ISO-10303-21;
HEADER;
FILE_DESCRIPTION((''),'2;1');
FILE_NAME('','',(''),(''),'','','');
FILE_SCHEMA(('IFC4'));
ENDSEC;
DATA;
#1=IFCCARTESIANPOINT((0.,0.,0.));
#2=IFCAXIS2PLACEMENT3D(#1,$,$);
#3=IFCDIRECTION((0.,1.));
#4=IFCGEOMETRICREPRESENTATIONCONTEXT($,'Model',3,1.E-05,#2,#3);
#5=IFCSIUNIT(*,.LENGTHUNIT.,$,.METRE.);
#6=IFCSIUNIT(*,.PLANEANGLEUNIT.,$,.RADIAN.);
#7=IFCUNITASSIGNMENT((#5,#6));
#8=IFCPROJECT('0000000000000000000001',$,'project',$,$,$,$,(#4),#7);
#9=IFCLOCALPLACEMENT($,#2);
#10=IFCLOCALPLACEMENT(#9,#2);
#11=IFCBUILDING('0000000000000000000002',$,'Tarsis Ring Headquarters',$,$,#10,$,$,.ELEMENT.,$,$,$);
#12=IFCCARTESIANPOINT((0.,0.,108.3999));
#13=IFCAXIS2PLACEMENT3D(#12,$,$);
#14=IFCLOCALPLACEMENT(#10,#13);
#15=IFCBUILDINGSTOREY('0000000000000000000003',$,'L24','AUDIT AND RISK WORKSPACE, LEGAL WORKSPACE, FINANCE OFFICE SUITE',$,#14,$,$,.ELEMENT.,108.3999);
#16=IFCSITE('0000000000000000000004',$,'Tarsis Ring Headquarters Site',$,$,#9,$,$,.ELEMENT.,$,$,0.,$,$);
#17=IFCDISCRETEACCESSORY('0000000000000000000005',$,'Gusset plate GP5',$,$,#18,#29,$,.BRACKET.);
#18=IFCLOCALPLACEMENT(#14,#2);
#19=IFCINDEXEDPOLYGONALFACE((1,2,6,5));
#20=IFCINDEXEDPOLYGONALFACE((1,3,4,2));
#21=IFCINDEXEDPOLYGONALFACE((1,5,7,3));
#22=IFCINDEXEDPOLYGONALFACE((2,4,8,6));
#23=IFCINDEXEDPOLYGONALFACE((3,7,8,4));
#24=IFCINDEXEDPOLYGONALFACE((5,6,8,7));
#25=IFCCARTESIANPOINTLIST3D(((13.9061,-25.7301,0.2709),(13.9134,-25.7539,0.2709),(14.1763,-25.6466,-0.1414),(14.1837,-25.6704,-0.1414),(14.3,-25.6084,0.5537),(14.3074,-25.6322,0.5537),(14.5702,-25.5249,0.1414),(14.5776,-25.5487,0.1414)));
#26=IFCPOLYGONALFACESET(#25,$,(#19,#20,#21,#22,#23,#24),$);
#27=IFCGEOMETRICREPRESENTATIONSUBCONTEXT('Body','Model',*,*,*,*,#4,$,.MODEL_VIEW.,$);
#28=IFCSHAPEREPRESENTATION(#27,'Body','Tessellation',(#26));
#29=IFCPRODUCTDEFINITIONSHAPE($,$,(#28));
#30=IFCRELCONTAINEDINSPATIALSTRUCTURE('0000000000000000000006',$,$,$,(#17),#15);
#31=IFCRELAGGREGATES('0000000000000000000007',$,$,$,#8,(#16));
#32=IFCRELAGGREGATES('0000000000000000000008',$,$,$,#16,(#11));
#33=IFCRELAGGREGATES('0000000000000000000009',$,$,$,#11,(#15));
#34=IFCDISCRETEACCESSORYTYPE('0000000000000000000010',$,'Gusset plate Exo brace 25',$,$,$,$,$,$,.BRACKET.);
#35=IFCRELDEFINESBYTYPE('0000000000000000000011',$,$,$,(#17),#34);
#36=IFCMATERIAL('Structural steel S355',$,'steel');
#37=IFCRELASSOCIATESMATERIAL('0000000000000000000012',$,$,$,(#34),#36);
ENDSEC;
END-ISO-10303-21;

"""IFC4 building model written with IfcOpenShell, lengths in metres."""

from ifc_helpers import new_model, si_unit, direction, frame, origin, origin_2d, place, context, subcontext, project, spatial, rectangle, extrude, material, material_profile, profile_set, type_object, element, save


model = new_model("IFC4")

# Units and contexts
model_context = context("Model", 3, precision=1e-05, world=origin(), true_north=direction((0.0, 1.0)))
body_context = subcontext(model_context, "Body", "Model", "MODEL_VIEW")
ifc_project = project(units=[si_unit("LENGTHUNIT", "METRE"), si_unit("PLANEANGLEUNIT", "RADIAN")], contexts=[model_context])

# Site, building, storey
site_placement = place(None, origin())
site = spatial("IfcSite", under=ifc_project, at=site_placement, Name="Tarsis Ring Headquarters Site", CompositionType="ELEMENT", RefElevation=0.0)
building_placement = place(site_placement, origin())
building = spatial("IfcBuilding", under=site, at=building_placement, Name="Tarsis Ring Headquarters", CompositionType="ELEMENT")
storey_placement = place(building_placement, frame((0.0, 0.0, 108.3999)))
storey = spatial("IfcBuildingStorey", under=building, at=storey_placement, Name="L24", Description="AUDIT AND RISK WORKSPACE, LEGAL WORKSPACE, FINANCE OFFICE SUITE", CompositionType="ELEMENT", Elevation=108.3999)

# Shared definitions
ifc_material_1 = material(Name="Structural steel S355", Category="steel")

# Discrete accessory
ifc_material_profile_1 = material_profile(ifc_material_1, rectangle(XDim=0.0249, YDim=0.5, at=origin_2d()), Name="PL 25x500")
ifc_profile_set_1 = profile_set([ifc_material_profile_1], Name="Structural steel S355")
discrete_accessory_type = type_object("IfcDiscreteAccessoryType", Name="Gusset plate Exo brace 25", PredefinedType="BRACKET", material=ifc_profile_set_1)
discrete_accessory_placement = place(storey_placement, frame((14.377, -25.5977, 0.0), z_axis=(-0.540474, -0.166976, 0.824625), x_axis=(0.295177, -0.955442, 0.0)))
element("IfcDiscreteAccessory", 1, at=discrete_accessory_placement, inside=storey, type_object=discrete_accessory_type, Name="Gusset plate GP5", PredefinedType="BRACKET", context=body_context, shape_type="SweptSolid", body=[
    extrude(rectangle(XDim=0.0249, YDim=0.5, at=origin_2d()), origin(), (0.0, 0.0, 1.0), 0.5),
])

save(model, "model.ifc")
